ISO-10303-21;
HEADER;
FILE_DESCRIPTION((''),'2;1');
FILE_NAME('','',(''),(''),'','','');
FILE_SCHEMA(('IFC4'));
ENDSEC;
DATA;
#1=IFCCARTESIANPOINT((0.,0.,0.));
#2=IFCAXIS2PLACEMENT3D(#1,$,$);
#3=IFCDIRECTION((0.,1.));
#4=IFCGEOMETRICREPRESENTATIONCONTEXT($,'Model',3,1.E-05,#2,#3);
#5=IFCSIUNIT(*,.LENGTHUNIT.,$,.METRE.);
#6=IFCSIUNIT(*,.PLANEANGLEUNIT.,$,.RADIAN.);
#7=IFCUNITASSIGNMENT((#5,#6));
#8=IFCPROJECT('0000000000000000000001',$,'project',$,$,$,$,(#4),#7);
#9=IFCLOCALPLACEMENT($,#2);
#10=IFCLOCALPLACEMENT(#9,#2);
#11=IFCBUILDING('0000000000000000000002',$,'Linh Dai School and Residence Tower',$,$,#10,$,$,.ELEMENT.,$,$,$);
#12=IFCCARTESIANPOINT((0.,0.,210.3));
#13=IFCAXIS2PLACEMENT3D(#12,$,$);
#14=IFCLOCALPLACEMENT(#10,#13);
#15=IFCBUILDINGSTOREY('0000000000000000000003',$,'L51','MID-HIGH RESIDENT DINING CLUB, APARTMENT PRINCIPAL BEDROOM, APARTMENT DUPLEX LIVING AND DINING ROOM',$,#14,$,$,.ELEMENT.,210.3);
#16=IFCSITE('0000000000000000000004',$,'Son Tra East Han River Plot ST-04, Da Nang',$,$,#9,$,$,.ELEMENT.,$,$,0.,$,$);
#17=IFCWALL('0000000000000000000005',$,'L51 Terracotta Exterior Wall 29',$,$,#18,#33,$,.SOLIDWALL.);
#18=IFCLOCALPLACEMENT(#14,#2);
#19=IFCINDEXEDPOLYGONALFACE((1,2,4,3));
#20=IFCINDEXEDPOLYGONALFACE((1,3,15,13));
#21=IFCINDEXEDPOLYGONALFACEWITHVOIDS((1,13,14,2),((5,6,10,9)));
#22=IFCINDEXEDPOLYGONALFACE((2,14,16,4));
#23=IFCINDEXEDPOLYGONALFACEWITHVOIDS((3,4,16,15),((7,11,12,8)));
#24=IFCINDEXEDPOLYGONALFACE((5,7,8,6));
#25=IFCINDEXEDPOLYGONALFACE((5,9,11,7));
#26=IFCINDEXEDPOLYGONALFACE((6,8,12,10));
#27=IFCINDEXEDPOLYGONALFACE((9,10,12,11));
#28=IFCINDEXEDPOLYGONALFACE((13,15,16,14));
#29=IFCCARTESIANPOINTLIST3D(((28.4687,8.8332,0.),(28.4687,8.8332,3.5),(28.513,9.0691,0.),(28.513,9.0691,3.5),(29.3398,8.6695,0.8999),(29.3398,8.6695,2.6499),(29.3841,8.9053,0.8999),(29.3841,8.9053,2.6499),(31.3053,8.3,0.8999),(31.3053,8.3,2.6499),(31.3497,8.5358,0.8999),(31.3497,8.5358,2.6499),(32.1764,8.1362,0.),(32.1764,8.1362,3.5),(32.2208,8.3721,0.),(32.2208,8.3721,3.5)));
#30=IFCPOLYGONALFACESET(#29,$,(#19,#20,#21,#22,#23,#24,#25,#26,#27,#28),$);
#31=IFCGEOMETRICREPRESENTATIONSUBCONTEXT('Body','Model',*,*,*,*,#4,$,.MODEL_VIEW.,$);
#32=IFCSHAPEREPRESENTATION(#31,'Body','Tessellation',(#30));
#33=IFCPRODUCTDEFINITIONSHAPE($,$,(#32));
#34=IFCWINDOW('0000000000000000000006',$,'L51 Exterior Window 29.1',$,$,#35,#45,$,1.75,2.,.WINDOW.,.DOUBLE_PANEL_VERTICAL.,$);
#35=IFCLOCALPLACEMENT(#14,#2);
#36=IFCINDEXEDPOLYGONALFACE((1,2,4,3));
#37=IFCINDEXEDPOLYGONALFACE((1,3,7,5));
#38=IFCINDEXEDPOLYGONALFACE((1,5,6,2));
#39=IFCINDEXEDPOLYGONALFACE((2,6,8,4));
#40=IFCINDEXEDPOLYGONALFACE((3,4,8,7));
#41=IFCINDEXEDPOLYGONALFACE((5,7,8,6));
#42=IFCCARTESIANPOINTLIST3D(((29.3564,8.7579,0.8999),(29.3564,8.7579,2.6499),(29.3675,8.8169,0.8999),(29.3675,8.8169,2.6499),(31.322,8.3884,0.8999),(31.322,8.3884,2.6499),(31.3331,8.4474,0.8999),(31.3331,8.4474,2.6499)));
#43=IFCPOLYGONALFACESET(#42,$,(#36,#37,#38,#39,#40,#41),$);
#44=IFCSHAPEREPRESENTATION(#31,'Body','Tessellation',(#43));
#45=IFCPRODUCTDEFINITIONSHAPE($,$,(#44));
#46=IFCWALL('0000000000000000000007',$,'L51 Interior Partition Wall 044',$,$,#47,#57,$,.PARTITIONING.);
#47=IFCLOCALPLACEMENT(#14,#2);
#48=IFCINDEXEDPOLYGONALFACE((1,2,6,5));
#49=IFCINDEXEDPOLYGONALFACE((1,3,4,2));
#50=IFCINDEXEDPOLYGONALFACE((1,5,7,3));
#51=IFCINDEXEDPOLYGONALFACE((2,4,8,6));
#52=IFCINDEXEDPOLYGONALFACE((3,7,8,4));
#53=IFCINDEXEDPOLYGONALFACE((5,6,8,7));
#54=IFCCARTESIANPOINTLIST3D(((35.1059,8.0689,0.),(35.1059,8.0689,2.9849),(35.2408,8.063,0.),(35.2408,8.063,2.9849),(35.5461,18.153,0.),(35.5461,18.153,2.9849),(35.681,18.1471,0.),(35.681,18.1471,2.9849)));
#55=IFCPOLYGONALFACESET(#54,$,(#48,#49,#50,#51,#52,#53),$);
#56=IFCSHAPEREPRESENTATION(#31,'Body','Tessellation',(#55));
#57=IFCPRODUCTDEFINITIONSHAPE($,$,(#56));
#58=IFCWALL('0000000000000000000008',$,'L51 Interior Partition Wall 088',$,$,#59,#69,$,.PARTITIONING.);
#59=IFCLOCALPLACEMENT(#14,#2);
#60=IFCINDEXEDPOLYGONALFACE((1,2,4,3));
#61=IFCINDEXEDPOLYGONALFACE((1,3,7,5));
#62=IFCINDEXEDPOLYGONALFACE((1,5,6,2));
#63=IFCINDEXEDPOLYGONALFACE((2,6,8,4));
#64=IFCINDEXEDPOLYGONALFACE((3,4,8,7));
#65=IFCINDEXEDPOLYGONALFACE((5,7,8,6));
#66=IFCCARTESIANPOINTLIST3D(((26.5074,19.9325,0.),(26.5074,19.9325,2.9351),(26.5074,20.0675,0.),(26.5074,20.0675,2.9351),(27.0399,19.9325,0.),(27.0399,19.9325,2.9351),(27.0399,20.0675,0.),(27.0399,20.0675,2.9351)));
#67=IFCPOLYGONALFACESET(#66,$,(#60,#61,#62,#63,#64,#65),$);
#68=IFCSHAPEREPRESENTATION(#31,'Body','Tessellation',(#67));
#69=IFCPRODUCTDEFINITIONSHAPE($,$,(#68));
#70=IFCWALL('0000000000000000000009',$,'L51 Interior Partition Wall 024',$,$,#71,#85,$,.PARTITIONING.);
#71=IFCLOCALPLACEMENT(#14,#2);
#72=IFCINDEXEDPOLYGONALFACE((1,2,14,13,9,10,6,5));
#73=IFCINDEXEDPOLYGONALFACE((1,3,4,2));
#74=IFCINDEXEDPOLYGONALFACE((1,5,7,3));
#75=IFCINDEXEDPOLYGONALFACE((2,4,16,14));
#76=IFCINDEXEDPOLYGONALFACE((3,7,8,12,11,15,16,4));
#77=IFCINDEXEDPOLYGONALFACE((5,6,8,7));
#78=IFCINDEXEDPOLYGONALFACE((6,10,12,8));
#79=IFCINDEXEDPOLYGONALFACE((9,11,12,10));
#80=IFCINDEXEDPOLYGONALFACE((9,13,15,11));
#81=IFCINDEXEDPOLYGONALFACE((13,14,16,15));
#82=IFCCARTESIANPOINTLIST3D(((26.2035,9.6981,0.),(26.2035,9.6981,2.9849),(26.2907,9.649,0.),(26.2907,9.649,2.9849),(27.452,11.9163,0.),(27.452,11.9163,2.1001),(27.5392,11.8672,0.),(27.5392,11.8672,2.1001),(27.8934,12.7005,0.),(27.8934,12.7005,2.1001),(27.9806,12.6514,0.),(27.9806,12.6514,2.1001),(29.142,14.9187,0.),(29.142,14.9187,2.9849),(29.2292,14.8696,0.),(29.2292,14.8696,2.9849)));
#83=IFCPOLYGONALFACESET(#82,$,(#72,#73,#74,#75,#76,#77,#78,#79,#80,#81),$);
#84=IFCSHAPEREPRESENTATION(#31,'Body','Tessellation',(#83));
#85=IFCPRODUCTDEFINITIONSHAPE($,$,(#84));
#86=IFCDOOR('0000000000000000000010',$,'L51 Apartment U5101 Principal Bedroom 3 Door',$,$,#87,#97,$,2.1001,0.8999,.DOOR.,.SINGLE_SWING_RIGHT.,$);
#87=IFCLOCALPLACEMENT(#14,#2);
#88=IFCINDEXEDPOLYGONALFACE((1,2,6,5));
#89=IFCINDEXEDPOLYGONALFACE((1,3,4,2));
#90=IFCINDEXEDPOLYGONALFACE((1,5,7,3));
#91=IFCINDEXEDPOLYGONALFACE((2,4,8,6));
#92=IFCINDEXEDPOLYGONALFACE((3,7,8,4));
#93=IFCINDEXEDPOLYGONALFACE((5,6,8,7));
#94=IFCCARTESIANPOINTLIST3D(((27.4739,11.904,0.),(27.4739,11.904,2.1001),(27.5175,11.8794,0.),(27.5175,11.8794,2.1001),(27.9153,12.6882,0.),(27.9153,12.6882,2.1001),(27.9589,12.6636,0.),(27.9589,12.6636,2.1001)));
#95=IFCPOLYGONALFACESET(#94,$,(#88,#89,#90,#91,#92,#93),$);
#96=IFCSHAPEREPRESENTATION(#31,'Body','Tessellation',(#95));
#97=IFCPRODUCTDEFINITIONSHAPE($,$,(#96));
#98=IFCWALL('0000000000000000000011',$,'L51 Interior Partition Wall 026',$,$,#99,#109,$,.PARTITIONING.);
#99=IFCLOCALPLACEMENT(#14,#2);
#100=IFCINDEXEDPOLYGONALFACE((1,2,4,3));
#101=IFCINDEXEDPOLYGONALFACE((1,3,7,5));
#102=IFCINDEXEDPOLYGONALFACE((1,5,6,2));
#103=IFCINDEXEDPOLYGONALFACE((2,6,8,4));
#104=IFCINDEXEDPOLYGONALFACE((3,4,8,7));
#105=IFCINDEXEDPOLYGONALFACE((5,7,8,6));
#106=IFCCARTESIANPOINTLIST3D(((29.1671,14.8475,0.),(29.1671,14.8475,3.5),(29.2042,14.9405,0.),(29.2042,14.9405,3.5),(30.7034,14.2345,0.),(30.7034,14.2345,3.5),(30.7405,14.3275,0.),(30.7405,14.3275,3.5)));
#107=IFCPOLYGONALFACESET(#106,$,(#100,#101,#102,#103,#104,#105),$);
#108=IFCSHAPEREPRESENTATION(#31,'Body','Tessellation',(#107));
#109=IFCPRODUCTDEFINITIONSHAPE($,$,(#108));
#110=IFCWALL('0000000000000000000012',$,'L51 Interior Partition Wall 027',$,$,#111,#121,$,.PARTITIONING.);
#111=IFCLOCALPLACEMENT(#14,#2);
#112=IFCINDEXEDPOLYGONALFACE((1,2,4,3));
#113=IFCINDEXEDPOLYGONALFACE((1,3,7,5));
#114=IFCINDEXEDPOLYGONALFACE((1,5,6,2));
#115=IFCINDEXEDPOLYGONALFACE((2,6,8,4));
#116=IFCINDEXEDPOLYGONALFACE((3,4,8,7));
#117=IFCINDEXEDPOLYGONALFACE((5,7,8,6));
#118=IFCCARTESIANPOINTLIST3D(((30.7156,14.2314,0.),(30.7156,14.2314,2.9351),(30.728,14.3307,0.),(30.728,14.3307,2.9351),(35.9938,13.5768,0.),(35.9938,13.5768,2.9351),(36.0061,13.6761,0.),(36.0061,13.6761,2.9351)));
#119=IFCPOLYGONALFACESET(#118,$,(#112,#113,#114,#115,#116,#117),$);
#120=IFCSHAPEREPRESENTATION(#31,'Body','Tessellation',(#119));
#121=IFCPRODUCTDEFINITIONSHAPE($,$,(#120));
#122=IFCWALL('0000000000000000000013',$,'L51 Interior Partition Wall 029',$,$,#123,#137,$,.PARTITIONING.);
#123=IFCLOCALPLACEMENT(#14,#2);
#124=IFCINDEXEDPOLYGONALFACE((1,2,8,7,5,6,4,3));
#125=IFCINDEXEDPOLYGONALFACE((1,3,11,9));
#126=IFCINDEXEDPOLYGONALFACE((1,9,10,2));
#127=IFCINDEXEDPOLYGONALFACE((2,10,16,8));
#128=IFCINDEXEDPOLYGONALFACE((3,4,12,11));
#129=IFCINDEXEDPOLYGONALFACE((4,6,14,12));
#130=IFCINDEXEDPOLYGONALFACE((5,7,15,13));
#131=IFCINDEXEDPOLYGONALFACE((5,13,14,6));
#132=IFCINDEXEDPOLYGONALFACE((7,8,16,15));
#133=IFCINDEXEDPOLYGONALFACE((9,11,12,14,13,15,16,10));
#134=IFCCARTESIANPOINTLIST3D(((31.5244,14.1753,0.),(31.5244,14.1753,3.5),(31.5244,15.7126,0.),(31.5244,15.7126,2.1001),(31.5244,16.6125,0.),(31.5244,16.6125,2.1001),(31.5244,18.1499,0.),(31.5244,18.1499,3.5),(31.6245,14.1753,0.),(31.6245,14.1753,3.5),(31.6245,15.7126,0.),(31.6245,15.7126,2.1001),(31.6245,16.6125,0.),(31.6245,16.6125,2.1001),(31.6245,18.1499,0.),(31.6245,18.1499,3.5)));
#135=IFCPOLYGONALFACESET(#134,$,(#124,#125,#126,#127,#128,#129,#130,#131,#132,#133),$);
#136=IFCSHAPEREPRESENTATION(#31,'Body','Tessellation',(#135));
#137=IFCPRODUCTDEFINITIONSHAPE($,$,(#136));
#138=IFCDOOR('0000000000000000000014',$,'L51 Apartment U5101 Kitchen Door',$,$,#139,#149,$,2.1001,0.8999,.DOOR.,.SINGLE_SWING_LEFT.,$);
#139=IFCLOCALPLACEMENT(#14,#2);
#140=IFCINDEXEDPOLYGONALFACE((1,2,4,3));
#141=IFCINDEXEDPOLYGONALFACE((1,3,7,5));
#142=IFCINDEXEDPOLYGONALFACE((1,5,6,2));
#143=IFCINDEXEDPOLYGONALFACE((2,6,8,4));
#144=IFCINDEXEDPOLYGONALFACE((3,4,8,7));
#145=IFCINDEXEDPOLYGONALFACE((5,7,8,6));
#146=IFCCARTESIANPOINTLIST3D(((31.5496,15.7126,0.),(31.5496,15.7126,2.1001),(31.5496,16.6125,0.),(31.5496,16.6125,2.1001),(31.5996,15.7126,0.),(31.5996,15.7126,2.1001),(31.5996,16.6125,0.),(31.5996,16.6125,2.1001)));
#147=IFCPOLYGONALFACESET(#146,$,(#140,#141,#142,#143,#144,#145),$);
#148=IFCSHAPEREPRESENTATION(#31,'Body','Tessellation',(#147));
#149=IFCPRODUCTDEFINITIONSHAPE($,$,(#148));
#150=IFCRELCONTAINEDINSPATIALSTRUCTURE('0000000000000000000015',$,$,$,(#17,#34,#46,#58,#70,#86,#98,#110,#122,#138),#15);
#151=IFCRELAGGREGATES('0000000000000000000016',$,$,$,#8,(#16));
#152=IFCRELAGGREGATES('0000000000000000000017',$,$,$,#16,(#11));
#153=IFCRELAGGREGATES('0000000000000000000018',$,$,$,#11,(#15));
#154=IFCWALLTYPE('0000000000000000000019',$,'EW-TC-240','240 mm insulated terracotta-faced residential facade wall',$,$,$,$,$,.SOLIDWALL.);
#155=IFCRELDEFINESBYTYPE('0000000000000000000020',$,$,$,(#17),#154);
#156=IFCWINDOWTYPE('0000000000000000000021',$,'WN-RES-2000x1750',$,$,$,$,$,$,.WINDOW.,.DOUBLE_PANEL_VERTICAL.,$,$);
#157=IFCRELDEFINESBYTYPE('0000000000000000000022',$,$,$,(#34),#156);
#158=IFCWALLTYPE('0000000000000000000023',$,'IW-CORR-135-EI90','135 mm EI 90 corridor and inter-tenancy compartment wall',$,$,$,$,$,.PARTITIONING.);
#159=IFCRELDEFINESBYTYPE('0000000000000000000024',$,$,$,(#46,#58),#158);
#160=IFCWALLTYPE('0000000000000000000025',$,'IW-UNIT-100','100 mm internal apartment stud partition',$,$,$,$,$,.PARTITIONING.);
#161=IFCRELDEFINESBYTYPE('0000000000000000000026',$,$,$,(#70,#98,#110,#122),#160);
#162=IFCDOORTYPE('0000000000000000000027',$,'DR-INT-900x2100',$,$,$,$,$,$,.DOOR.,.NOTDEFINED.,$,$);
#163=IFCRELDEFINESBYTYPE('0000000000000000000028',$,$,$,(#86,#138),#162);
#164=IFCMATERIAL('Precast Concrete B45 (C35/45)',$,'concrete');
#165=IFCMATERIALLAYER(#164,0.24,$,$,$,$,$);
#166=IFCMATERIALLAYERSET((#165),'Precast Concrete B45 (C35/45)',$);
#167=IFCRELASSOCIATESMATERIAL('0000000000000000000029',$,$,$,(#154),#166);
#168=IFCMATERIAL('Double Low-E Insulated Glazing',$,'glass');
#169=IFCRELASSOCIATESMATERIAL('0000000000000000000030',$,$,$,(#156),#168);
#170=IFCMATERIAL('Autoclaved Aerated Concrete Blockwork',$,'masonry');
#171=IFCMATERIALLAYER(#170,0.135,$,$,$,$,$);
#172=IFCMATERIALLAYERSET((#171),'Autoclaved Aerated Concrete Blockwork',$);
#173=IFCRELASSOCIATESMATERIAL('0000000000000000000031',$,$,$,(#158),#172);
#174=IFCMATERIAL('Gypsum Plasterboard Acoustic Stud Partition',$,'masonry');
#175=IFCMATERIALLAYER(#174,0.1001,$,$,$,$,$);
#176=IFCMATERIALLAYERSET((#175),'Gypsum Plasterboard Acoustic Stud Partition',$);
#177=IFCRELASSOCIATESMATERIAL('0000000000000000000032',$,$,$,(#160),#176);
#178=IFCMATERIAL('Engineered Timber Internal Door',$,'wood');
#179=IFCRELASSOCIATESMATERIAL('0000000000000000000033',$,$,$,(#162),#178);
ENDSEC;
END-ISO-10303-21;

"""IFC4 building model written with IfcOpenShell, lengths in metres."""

from ifc_helpers import new_model, si_unit, direction, frame, frame_2d, origin, origin_2d, place, context, subcontext, project, spatial, rectangle, extrude, source, transform, mapped, material, layer, layer_set, type_object, element, fill, save


model = new_model("IFC4")

# Units and contexts
model_context = context("Model", 3, precision=1e-05, world=origin(), true_north=direction((0.0, 1.0)))
body_context = subcontext(model_context, "Body", "Model", "MODEL_VIEW")
ifc_project = project(units=[si_unit("LENGTHUNIT", "METRE"), si_unit("PLANEANGLEUNIT", "RADIAN")], contexts=[model_context])

# Site, building, storey
site_placement = place(None, origin())
site = spatial("IfcSite", under=ifc_project, at=site_placement, Name="Son Tra East Han River Plot ST-04, Da Nang", CompositionType="ELEMENT", RefElevation=0.0)
building_placement = place(site_placement, origin())
building = spatial("IfcBuilding", under=site, at=building_placement, Name="Linh Dai School and Residence Tower", CompositionType="ELEMENT")
storey_placement = place(building_placement, frame((0.0, 0.0, 210.3)))
storey = spatial("IfcBuildingStorey", under=building, at=storey_placement, Name="L51", Description="MID-HIGH RESIDENT DINING CLUB, APARTMENT PRINCIPAL BEDROOM, APARTMENT DUPLEX LIVING AND DINING ROOM", CompositionType="ELEMENT", Elevation=210.3)

# Shared definitions
ifc_material_1 = material(Name="Precast Concrete B45 (C35/45)", Category="concrete")

# Wall, opening, window
ifc_layer_1 = layer(ifc_material_1, 0.24)
ifc_layer_set_1 = layer_set([ifc_layer_1], Name="Precast Concrete B45 (C35/45)")
wall_type_1 = type_object("IfcWallType", Name="EW-TC-240", Description="240 mm insulated terracotta-faced residential facade wall", PredefinedType="SOLIDWALL", material=ifc_layer_set_1)
ifc_material_2 = material(Name="Double Low-E Insulated Glazing", Category="glass")
wall_1_placement = place(storey_placement, frame((32.1985, 8.2542, 0.0), z_axis=(0.0, 0.0, 1.0), x_axis=(-0.982785, 0.184753, 0.0)))
wall_1 = element("IfcWall", 1, at=wall_1_placement, inside=storey, type_object=wall_type_1, Name="L51 Terracotta Exterior Wall 29", PredefinedType="SOLIDWALL", context=body_context, shape_type="SweptSolid", body=[
    extrude(rectangle(XDim=3.7727, YDim=0.24, at=frame_2d((1.8862, 0.0))), origin(), (0.0, 0.0, 1.0), 3.5),
])
opening_1_placement = place(wall_1_placement, frame((0.8862, 0.0, 0.8999)))
opening_1 = element("IfcOpeningElement", 2, at=opening_1_placement, cuts=wall_1, PredefinedType="OPENING", context=body_context, shape_type="SweptSolid", body=[
    extrude(rectangle(XDim=2.0, YDim=1.75, at=origin_2d()), frame((1.0, 0.1299, 0.875), z_axis=(0.0, -1.0, 0.0), x_axis=(1.0, 0.0, 0.0)), (0.0, 0.0, 1.0), 0.26),
])
window_type_1 = type_object("IfcWindowType", Name="WN-RES-2000x1750", PartitioningType="DOUBLE_PANEL_VERTICAL", PredefinedType="WINDOW", material=ifc_material_2)
shared_shape_1 = source(origin(), body_context, "Body", "SweptSolid", [
    extrude(rectangle(XDim=2.0, YDim=1.75, at=origin_2d()), frame((1.0, 0.03, 0.875), z_axis=(0.0, -1.0, 0.0), x_axis=(1.0, 0.0, 0.0)), (0.0, 0.0, 1.0), 0.0601),
])
window_1_placement = place(opening_1_placement, origin())
window_1 = element("IfcWindow", 3, at=window_1_placement, inside=storey, type_object=window_type_1, Name="L51 Exterior Window 29.1", OverallHeight=1.75, OverallWidth=2.0, PartitioningType="DOUBLE_PANEL_VERTICAL", PredefinedType="WINDOW", context=body_context, shape_type="MappedRepresentation", body=[
    mapped(shared_shape_1, transform((0.0, 0.0, 0.0), x_axis=(1.0, 0.0, 0.0), y_axis=(0.0, 1.0, 0.0), z_axis=(0.0, 0.0, 1.0), scale=1.0)),
])
fill(opening_1, window_1)

# Walls
ifc_material_3 = material(Name="Autoclaved Aerated Concrete Blockwork", Category="masonry")
ifc_layer_2 = layer(ifc_material_3, 0.135)
ifc_layer_set_2 = layer_set([ifc_layer_2], Name="Autoclaved Aerated Concrete Blockwork")
wall_type_2 = type_object("IfcWallType", Name="IW-CORR-135-EI90", Description="135 mm EI 90 corridor and inter-tenancy compartment wall", PredefinedType="PARTITIONING", material=ifc_layer_set_2)
wall_2_placement = place(storey_placement, frame((35.1733, 8.0659, 0.0), z_axis=(0.0, 0.0, 1.0), x_axis=(0.043609, 0.999049, 0.0)))
element("IfcWall", 4, at=wall_2_placement, inside=storey, type_object=wall_type_2, Name="L51 Interior Partition Wall 044", PredefinedType="PARTITIONING", context=body_context, shape_type="SweptSolid", body=[
    extrude(rectangle(XDim=10.0938, YDim=0.135, at=frame_2d((5.0469, 0.0))), origin(), (0.0, 0.0, 1.0), 2.9849),
])
wall_3_placement = place(storey_placement, frame((26.5076, 20.0, 0.0), z_axis=(0.0, 0.0, 1.0), x_axis=(1.0, 0.0, 0.0)))
element("IfcWall", 5, at=wall_3_placement, inside=storey, type_object=wall_type_2, Name="L51 Interior Partition Wall 088", PredefinedType="PARTITIONING", context=body_context, shape_type="SweptSolid", body=[
    extrude(rectangle(XDim=0.5325, YDim=0.135, at=frame_2d((0.2661, 0.0))), origin(), (0.0, 0.0, 1.0), 2.9351),
])

# Wall, opening, door
ifc_material_4 = material(Name="Gypsum Plasterboard Acoustic Stud Partition", Category="masonry")
ifc_layer_3 = layer(ifc_material_4, 0.1001)
ifc_layer_set_3 = layer_set([ifc_layer_3], Name="Gypsum Plasterboard Acoustic Stud Partition")
wall_type_3 = type_object("IfcWallType", Name="IW-UNIT-100", Description="100 mm internal apartment stud partition", PredefinedType="PARTITIONING", material=ifc_layer_set_3)
wall_4_placement = place(storey_placement, frame((26.2471, 9.6736, 0.0), z_axis=(0.0, 0.0, 1.0), x_axis=(0.490511, 0.871435, 0.0)))
wall_4 = element("IfcWall", 6, at=wall_4_placement, inside=storey, type_object=wall_type_3, Name="L51 Interior Partition Wall 024", PredefinedType="PARTITIONING", context=body_context, shape_type="SweptSolid", body=[
    extrude(rectangle(XDim=5.9907, YDim=0.1001, at=frame_2d((2.9954, 0.0))), origin(), (0.0, 0.0, 1.0), 2.9849),
])
opening_2_placement = place(wall_4_placement, frame((2.5454, 0.0, 0.0)))
opening_2 = element("IfcOpeningElement", 7, at=opening_2_placement, cuts=wall_4, PredefinedType="OPENING", context=body_context, shape_type="SweptSolid", body=[
    extrude(rectangle(XDim=0.8999, YDim=2.1001, at=origin_2d()), frame((0.45, 0.0601, 1.05), z_axis=(0.0, -1.0, 0.0), x_axis=(1.0, 0.0, 0.0)), (0.0, 0.0, 1.0), 0.1201),
])
ifc_material_5 = material(Name="Engineered Timber Internal Door", Category="wood")
door_type_1 = type_object("IfcDoorType", Name="DR-INT-900x2100", OperationType="NOTDEFINED", PredefinedType="DOOR", material=ifc_material_5)
shared_shape_2 = source(origin(), body_context, "Body", "SweptSolid", [
    extrude(rectangle(XDim=0.8999, YDim=2.1001, at=origin_2d()), frame((0.45, 0.0249, 1.05), z_axis=(0.0, -1.0, 0.0), x_axis=(1.0, 0.0, 0.0)), (0.0, 0.0, 1.0), 0.05),
])
door_1_placement = place(opening_2_placement, origin())
door_1 = element("IfcDoor", 8, at=door_1_placement, inside=storey, type_object=door_type_1, Name="L51 Apartment U5101 Principal Bedroom 3 Door", OperationType="SINGLE_SWING_RIGHT", OverallHeight=2.1001, OverallWidth=0.8999, PredefinedType="DOOR", context=body_context, shape_type="MappedRepresentation", body=[
    mapped(shared_shape_2, transform((0.0, 0.0, 0.0), x_axis=(1.0, 0.0, 0.0), y_axis=(0.0, 1.0, 0.0), z_axis=(0.0, 0.0, 1.0), scale=1.0)),
])
fill(opening_2, door_1)

# Walls
wall_5_placement = place(storey_placement, frame((29.1855, 14.894, 0.0), z_axis=(0.0, 0.0, 1.0), x_axis=(0.928792, -0.370602, 0.0)))
element("IfcWall", 9, at=wall_5_placement, inside=storey, type_object=wall_type_3, Name="L51 Interior Partition Wall 026", PredefinedType="PARTITIONING", context=body_context, shape_type="SweptSolid", body=[
    extrude(rectangle(XDim=1.6541, YDim=0.1001, at=frame_2d((0.8271, 0.0))), origin(), (0.0, 0.0, 1.0), 3.5),
])
wall_6_placement = place(storey_placement, frame((30.7219, 14.281, 0.0), z_axis=(0.0, 0.0, 1.0), x_axis=(0.992398, -0.123069, 0.0)))
element("IfcWall", 10, at=wall_6_placement, inside=storey, type_object=wall_type_3, Name="L51 Interior Partition Wall 027", PredefinedType="PARTITIONING", context=body_context, shape_type="SweptSolid", body=[
    extrude(rectangle(XDim=5.3186, YDim=0.1001, at=frame_2d((2.6592, 0.0))), origin(), (0.0, 0.0, 1.0), 2.9351),
])

# Wall, opening, door
wall_7_placement = place(storey_placement, frame((31.5745, 14.1753, 0.0), z_axis=(0.0, 0.0, 1.0), x_axis=(0.0, 1.0, 0.0)))
wall_7 = element("IfcWall", 11, at=wall_7_placement, inside=storey, type_object=wall_type_3, Name="L51 Interior Partition Wall 029", PredefinedType="PARTITIONING", context=body_context, shape_type="SweptSolid", body=[
    extrude(rectangle(XDim=3.9746, YDim=0.1001, at=frame_2d((1.9873, 0.0))), origin(), (0.0, 0.0, 1.0), 3.5),
])
opening_3_placement = place(wall_7_placement, frame((1.5374, 0.0, 0.0)))
opening_3 = element("IfcOpeningElement", 12, at=opening_3_placement, cuts=wall_7, PredefinedType="OPENING", context=body_context, shape_type="SweptSolid", body=[
    extrude(rectangle(XDim=0.8999, YDim=2.1001, at=origin_2d()), frame((0.45, 0.0601, 1.05), z_axis=(0.0, -1.0, 0.0), x_axis=(1.0, 0.0, 0.0)), (0.0, 0.0, 1.0), 0.1201),
])
door_2_placement = place(opening_3_placement, origin())
door_2 = element("IfcDoor", 13, at=door_2_placement, inside=storey, type_object=door_type_1, Name="L51 Apartment U5101 Kitchen Door", OperationType="SINGLE_SWING_LEFT", OverallHeight=2.1001, OverallWidth=0.8999, PredefinedType="DOOR", context=body_context, shape_type="MappedRepresentation", body=[
    mapped(shared_shape_2, transform((0.0, 0.0, 0.0), x_axis=(1.0, 0.0, 0.0), y_axis=(0.0, 1.0, 0.0), z_axis=(0.0, 0.0, 1.0), scale=1.0)),
])
fill(opening_3, door_2)

save(model, "model.ifc")
